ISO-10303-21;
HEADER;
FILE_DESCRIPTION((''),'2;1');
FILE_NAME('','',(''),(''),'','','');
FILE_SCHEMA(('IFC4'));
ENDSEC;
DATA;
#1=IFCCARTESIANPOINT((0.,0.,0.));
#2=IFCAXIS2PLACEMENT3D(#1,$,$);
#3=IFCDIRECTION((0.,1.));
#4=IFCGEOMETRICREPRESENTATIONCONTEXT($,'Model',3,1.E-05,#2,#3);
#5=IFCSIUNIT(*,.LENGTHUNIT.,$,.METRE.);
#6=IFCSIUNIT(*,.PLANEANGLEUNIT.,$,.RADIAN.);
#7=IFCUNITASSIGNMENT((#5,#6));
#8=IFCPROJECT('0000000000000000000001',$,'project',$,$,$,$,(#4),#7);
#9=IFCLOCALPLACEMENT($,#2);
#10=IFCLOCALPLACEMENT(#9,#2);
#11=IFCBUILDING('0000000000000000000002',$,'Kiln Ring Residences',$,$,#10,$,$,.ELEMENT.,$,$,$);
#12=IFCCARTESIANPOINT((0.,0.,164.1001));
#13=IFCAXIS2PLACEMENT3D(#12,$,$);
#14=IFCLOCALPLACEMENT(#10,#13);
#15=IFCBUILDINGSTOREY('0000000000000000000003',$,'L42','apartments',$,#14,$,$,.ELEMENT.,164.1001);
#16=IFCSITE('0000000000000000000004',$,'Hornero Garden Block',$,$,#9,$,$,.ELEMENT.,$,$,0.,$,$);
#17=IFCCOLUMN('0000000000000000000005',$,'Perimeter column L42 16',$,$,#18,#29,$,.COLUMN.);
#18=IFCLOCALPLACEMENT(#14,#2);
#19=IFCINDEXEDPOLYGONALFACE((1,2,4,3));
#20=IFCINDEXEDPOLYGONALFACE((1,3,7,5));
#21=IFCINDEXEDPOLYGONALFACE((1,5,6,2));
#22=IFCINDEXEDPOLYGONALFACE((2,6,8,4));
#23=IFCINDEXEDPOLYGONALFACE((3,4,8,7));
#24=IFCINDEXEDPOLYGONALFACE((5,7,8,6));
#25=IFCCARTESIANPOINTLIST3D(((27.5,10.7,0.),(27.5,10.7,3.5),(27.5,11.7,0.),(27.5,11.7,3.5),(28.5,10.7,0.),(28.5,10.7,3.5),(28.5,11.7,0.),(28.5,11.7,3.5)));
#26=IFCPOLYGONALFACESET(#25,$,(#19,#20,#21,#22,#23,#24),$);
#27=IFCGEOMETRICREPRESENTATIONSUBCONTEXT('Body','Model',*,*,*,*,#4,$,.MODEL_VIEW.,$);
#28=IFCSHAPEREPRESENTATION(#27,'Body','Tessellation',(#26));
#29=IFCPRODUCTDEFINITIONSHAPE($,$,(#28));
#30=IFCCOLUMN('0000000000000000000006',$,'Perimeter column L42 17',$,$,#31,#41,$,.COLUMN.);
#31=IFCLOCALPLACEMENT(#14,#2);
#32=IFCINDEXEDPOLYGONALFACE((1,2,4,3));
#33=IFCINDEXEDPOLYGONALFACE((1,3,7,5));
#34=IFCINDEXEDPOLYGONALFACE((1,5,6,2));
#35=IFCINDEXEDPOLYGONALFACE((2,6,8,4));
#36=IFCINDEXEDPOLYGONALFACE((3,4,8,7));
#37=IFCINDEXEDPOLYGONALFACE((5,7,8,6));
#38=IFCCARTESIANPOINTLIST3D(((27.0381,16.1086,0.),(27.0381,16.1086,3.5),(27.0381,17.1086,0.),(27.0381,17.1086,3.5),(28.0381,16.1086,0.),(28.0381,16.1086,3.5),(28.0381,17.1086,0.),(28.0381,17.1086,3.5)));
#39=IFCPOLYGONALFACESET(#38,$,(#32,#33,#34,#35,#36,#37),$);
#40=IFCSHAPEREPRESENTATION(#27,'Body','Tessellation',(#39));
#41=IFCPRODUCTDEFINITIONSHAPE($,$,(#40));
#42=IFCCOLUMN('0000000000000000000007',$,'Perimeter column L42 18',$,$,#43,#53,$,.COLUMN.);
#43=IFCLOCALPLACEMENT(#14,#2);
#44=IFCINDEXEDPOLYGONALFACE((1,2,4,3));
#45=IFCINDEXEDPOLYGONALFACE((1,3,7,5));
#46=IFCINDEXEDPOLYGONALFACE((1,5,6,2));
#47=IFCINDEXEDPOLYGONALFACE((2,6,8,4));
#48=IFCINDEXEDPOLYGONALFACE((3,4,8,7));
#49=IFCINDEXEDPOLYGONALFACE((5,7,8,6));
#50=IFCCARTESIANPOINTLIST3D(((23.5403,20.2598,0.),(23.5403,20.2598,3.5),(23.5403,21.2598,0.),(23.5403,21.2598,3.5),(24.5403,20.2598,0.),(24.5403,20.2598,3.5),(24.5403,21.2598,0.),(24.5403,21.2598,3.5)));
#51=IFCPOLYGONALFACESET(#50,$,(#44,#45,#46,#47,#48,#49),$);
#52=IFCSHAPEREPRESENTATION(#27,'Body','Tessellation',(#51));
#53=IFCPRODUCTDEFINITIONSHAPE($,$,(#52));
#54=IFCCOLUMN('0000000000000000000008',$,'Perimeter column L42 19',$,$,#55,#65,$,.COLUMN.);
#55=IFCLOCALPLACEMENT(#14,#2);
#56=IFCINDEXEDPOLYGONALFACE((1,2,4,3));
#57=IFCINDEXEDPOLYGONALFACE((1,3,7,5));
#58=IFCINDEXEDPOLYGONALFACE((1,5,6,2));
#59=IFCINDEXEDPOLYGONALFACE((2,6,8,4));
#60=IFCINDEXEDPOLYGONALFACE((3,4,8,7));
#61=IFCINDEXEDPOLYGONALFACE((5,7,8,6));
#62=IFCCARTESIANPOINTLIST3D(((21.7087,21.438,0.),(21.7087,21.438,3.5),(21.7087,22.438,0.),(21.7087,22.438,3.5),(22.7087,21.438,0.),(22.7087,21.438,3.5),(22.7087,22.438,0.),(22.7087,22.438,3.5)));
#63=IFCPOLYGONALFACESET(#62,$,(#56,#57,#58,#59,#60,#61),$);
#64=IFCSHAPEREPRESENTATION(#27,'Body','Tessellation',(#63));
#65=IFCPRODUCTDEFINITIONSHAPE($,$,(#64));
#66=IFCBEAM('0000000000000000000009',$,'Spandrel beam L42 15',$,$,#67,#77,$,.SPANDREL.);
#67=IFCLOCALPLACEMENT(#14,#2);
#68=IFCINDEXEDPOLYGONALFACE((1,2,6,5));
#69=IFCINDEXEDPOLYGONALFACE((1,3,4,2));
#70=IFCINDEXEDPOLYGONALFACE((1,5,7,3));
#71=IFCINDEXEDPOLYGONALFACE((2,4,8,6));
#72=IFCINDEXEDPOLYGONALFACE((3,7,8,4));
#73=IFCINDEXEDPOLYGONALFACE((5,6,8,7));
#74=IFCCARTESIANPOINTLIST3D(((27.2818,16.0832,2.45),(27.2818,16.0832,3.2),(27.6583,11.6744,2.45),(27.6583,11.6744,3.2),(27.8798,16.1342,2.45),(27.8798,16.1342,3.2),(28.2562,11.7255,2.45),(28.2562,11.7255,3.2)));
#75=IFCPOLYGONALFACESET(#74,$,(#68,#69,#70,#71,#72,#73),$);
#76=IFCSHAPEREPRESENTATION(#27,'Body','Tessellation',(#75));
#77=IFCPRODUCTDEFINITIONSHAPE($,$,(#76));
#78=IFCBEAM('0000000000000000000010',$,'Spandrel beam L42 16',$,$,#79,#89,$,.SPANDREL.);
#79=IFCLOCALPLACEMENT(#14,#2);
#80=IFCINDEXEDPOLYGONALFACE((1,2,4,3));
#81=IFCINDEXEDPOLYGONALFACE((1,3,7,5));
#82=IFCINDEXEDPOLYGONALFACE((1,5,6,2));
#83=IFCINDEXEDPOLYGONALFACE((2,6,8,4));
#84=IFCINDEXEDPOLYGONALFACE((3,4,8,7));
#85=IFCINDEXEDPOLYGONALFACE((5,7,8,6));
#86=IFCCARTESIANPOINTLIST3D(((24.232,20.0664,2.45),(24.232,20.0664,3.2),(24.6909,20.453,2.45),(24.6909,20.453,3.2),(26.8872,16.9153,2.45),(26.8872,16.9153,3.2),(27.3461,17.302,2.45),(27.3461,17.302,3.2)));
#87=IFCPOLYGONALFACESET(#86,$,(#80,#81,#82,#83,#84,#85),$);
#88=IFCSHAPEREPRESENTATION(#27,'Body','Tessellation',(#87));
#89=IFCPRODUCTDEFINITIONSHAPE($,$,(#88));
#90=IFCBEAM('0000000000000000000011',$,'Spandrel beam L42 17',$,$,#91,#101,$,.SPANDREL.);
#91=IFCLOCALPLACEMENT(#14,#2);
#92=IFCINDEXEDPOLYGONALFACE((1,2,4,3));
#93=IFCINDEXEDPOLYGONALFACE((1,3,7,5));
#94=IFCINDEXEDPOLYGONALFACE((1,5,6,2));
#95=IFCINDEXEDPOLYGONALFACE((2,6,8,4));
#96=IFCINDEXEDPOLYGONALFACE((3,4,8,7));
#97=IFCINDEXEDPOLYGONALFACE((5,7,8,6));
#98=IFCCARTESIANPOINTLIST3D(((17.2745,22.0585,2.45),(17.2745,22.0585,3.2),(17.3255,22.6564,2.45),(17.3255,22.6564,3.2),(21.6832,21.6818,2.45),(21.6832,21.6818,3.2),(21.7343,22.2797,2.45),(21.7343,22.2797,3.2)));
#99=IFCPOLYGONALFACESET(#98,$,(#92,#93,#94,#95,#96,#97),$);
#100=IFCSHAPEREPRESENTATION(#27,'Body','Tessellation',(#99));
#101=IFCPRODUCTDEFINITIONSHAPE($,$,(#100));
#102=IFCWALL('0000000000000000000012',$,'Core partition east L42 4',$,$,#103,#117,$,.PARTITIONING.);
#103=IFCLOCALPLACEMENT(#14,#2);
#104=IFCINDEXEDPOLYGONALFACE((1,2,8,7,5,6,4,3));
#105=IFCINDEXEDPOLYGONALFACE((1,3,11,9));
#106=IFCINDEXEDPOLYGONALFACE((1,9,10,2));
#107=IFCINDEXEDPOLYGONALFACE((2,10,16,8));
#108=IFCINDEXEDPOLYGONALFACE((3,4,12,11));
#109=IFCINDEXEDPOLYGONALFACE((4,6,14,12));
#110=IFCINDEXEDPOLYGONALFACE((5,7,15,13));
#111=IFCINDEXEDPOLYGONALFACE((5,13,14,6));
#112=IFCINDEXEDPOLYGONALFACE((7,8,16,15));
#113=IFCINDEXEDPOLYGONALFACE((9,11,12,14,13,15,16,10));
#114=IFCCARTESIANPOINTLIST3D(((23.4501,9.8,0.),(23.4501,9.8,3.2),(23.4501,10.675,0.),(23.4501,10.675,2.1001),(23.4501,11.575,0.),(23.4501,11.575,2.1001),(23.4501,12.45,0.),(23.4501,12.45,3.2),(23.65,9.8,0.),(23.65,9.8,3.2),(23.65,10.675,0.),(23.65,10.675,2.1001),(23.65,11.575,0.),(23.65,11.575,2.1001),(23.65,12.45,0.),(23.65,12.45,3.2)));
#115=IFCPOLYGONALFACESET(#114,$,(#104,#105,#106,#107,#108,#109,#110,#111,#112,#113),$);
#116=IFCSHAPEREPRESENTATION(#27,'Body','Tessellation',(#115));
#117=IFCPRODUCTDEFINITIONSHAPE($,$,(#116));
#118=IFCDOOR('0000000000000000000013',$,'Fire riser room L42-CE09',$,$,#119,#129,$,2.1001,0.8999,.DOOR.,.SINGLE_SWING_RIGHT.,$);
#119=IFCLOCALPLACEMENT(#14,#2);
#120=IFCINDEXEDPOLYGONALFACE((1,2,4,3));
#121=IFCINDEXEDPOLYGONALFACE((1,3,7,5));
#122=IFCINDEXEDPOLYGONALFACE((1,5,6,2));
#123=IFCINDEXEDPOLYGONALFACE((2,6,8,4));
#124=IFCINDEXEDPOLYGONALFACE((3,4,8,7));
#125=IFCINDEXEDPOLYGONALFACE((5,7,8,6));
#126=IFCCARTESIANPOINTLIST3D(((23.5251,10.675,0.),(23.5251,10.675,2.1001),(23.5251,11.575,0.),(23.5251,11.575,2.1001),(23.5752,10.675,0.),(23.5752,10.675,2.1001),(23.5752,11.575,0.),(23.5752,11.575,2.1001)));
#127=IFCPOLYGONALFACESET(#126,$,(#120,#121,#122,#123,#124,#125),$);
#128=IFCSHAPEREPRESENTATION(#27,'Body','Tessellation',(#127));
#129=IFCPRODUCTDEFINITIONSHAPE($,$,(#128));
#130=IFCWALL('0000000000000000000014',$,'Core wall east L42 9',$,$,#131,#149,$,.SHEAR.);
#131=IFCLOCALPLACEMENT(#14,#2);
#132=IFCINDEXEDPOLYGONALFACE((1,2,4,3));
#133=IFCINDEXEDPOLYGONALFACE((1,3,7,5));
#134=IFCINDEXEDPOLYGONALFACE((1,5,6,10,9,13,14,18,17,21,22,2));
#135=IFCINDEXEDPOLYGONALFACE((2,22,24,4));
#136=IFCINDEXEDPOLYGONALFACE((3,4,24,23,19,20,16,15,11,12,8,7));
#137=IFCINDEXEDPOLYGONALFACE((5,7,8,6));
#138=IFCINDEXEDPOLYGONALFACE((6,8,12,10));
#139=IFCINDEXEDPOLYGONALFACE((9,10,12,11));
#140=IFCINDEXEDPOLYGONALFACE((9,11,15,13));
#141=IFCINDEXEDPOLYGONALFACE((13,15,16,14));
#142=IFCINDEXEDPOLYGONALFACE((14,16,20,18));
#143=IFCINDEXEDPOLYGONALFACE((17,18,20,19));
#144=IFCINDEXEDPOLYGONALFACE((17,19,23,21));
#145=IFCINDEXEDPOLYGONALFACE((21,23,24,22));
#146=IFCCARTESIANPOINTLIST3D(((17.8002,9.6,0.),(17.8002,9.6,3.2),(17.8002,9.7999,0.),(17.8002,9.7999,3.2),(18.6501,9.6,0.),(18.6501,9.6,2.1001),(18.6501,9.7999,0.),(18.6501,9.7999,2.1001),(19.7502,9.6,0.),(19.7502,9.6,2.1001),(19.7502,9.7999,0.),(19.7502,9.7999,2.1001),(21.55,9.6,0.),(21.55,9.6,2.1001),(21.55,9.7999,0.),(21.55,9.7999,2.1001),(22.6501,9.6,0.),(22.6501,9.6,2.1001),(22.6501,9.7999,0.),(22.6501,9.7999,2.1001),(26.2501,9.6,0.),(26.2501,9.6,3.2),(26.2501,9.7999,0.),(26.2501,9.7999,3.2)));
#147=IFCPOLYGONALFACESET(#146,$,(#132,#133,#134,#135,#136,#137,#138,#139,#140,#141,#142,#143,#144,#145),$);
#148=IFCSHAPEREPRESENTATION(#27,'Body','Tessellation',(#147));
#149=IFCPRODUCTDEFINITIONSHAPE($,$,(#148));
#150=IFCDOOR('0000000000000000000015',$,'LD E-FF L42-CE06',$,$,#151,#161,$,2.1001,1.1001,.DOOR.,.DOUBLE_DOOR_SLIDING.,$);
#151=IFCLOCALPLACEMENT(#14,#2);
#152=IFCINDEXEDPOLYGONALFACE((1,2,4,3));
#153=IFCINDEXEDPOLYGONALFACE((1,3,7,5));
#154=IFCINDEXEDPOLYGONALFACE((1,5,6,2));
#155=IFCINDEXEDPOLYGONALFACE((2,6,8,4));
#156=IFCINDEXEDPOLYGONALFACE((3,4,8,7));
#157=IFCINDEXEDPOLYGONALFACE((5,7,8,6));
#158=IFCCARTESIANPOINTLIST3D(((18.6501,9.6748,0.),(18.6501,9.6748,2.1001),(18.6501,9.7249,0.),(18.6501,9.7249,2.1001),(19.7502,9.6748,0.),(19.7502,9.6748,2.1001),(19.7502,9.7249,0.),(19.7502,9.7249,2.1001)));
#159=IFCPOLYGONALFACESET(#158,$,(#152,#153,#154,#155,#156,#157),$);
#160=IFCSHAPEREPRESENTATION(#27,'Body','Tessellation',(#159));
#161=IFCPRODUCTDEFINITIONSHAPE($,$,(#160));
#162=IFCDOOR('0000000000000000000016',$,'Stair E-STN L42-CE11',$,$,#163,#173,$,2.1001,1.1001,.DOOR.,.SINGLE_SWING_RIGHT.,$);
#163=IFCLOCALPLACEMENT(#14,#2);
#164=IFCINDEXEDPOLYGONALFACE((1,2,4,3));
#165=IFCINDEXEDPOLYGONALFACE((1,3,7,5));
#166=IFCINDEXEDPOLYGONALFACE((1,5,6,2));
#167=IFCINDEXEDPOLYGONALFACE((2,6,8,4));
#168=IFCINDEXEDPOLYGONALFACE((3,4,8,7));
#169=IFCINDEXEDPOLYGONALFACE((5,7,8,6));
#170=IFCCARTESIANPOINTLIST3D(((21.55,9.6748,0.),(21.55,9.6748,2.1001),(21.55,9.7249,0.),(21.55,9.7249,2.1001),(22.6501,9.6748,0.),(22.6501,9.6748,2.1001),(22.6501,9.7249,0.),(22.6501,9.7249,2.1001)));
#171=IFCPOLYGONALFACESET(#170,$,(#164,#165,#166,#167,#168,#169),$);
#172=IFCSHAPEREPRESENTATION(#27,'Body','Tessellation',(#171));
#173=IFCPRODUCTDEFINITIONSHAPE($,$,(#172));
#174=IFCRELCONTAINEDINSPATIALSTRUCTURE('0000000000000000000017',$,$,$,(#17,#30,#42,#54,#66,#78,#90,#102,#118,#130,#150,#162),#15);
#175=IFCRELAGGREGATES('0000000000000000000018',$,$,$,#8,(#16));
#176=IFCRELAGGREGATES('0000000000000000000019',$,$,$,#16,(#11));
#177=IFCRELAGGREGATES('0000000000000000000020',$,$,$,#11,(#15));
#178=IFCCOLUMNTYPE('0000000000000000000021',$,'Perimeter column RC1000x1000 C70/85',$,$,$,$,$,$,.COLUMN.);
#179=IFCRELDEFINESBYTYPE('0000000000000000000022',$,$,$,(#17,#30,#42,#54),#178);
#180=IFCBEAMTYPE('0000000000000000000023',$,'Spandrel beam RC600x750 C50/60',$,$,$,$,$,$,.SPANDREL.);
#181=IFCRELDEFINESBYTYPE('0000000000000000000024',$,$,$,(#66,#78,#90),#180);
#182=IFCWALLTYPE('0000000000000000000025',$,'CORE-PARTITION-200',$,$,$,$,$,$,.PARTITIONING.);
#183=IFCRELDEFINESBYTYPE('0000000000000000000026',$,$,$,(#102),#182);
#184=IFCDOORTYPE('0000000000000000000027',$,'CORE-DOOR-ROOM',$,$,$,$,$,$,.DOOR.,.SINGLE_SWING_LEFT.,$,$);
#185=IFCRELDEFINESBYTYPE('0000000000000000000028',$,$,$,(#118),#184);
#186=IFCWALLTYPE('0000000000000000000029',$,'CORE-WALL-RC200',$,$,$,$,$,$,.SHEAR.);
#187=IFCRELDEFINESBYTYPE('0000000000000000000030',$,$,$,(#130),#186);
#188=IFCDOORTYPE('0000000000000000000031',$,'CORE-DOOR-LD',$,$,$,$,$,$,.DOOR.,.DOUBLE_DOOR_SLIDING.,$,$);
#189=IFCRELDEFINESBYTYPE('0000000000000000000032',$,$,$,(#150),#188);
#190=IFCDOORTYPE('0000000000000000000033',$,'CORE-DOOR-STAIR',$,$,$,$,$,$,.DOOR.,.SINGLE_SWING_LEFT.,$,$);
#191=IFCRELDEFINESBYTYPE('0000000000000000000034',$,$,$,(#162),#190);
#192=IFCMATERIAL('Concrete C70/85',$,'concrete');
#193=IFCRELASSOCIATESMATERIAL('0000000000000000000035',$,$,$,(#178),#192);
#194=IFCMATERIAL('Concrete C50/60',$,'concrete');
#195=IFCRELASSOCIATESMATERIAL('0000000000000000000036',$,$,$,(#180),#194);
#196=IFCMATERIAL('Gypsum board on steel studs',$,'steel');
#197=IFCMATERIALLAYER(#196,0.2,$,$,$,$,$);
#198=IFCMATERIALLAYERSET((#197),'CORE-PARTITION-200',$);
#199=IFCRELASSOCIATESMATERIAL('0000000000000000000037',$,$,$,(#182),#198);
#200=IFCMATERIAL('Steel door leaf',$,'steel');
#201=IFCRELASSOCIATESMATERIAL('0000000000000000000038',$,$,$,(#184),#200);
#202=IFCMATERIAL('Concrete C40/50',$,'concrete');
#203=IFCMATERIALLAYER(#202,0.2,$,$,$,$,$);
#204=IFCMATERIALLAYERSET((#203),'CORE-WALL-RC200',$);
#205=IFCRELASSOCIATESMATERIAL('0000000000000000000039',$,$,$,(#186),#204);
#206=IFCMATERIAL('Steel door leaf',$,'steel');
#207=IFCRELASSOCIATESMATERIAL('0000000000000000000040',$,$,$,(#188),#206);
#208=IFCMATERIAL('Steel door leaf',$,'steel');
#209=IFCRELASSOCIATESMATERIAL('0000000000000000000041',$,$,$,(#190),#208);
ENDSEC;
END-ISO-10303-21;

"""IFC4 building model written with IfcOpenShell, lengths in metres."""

from ifc_helpers import new_model, si_unit, direction, frame, frame_2d, origin, origin_2d, place, context, subcontext, project, spatial, rectangle, extrude, material, layer, layer_set, material_profile, profile_set, type_object, element, fill, save


model = new_model("IFC4")

# Units and contexts
model_context = context("Model", 3, precision=1e-05, world=origin(), true_north=direction((0.0, 1.0)))
body_context = subcontext(model_context, "Body", "Model", "MODEL_VIEW")
ifc_project = project(units=[si_unit("LENGTHUNIT", "METRE"), si_unit("PLANEANGLEUNIT", "RADIAN")], contexts=[model_context])

# Site, building, storey
site_placement = place(None, origin())
site = spatial("IfcSite", under=ifc_project, at=site_placement, Name="Hornero Garden Block", CompositionType="ELEMENT", RefElevation=0.0)
building_placement = place(site_placement, origin())
building = spatial("IfcBuilding", under=site, at=building_placement, Name="Kiln Ring Residences", CompositionType="ELEMENT")
storey_placement = place(building_placement, frame((0.0, 0.0, 164.1001)))
storey = spatial("IfcBuildingStorey", under=building, at=storey_placement, Name="L42", Description="apartments", CompositionType="ELEMENT", Elevation=164.1001)

# Columns
ifc_material_1 = material(Name="Concrete C70/85", Category="concrete")
ifc_material_profile_1 = material_profile(ifc_material_1, rectangle(XDim=1.0, YDim=1.0, at=origin_2d()), Name="RC1000x1000")
ifc_profile_set_1 = profile_set([ifc_material_profile_1], Name="Concrete C70/85")
column_type = type_object("IfcColumnType", Name="Perimeter column RC1000x1000 C70/85", PredefinedType="COLUMN", material=ifc_profile_set_1)
for number, where, z_axis, x_axis, name in (
    (1, (28.0, 11.2, 0.0), (0.0, 0.0, 1.0), (1.0, 0.0, 0.0), "Perimeter column L42 16"),
    (2, (27.5381, 16.6086, 0.0), (0.0, 0.0, 1.0), (1.0, 0.0, 0.0), "Perimeter column L42 17"),
    (3, (24.0403, 20.7598, 0.0), (0.0, 0.0, 1.0), (1.0, 0.0, 0.0), "Perimeter column L42 18"),
    (4, (22.2087, 21.938, 0.0), (0.0, 0.0, 1.0), (1.0, 0.0, 0.0), "Perimeter column L42 19"),
):
    element("IfcColumn", number, at=place(storey_placement, frame(where, z_axis=z_axis, x_axis=x_axis)), inside=storey, type_object=column_type, Name=name, PredefinedType="COLUMN", context=body_context, shape_type="SweptSolid", body=[
        extrude(rectangle(XDim=1.0, YDim=1.0, at=origin_2d()), origin(), (0.0, 0.0, 1.0), 3.5),
    ])

# Beams
ifc_material_2 = material(Name="Concrete C50/60", Category="concrete")
ifc_material_profile_2 = material_profile(ifc_material_2, rectangle(XDim=0.6001, YDim=0.75, at=origin_2d()), Name="RC600x750")
ifc_profile_set_2 = profile_set([ifc_material_profile_2], Name="Concrete C50/60")
beam_type = type_object("IfcBeamType", Name="Spandrel beam RC600x750 C50/60", PredefinedType="SPANDREL", material=ifc_profile_set_2)
beam_1_placement = place(storey_placement, frame((27.9573, 11.7, 2.825), z_axis=(-0.085082, 0.996374, 0.0), x_axis=(-0.996374, -0.085082, 0.0)))
element("IfcBeam", 5, at=beam_1_placement, inside=storey, type_object=beam_type, Name="Spandrel beam L42 15", PredefinedType="SPANDREL", context=body_context, shape_type="SweptSolid", body=[
    extrude(rectangle(XDim=0.6001, YDim=0.75, at=origin_2d()), origin(), (0.0, 0.0, 1.0), 4.4248),
])
beam_2_placement = place(storey_placement, frame((27.1167, 17.1086, 2.825), z_axis=(-0.644377, 0.764708, 0.0), x_axis=(-0.764708, -0.644377, 0.0)))
element("IfcBeam", 6, at=beam_2_placement, inside=storey, type_object=beam_type, Name="Spandrel beam L42 16", PredefinedType="SPANDREL", context=body_context, shape_type="SweptSolid", body=[
    extrude(rectangle(XDim=0.6001, YDim=0.75, at=origin_2d()), origin(), (0.0, 0.0, 1.0), 4.1206),
])
beam_3_placement = place(storey_placement, frame((21.7087, 21.9807, 2.825), z_axis=(-0.996369, 0.085137, 0.0), x_axis=(-0.085137, -0.996369, 0.0)))
element("IfcBeam", 7, at=beam_3_placement, inside=storey, type_object=beam_type, Name="Spandrel beam L42 17", PredefinedType="SPANDREL", context=body_context, shape_type="SweptSolid", body=[
    extrude(rectangle(XDim=0.6001, YDim=0.75, at=origin_2d()), origin(), (0.0, 0.0, 1.0), 4.4248),
])

# Wall, opening, door
ifc_material_3 = material(Name="Gypsum board on steel studs", Category="steel")
ifc_layer_1 = layer(ifc_material_3, 0.2)
ifc_layer_set_1 = layer_set([ifc_layer_1], Name="CORE-PARTITION-200")
wall_type_1 = type_object("IfcWallType", Name="CORE-PARTITION-200", PredefinedType="PARTITIONING", material=ifc_layer_set_1)
wall_1_placement = place(storey_placement, frame((23.55, 9.8, 0.0), z_axis=(0.0, 0.0, 1.0), x_axis=(0.0, 1.0, 0.0)))
wall_1 = element("IfcWall", 8, at=wall_1_placement, inside=storey, type_object=wall_type_1, Name="Core partition east L42 4", PredefinedType="PARTITIONING", context=body_context, shape_type="SweptSolid", body=[
    extrude(rectangle(XDim=2.6499, YDim=0.2, at=frame_2d((1.325, 0.0))), origin(), (0.0, 0.0, 1.0), 3.2),
])
opening_1_placement = place(wall_1_placement, frame((0.875, 0.0, 0.0)))
opening_1 = element("IfcOpeningElement", 9, at=opening_1_placement, cuts=wall_1, PredefinedType="OPENING", context=body_context, shape_type="SweptSolid", body=[
    extrude(rectangle(XDim=0.8999, YDim=2.1001, at=frame_2d((0.45, 1.05))), frame((0.0, 0.1099, 0.0), z_axis=(0.0, -1.0, 0.0), x_axis=(1.0, 0.0, 0.0)), (0.0, 0.0, 1.0), 0.22),
])
ifc_material_4 = material(Name="Steel door leaf", Category="steel")
door_type_1 = type_object("IfcDoorType", Name="CORE-DOOR-ROOM", OperationType="SINGLE_SWING_LEFT", PredefinedType="DOOR", material=ifc_material_4)
door_1_placement = place(opening_1_placement, origin())
door_1 = element("IfcDoor", 10, at=door_1_placement, inside=storey, type_object=door_type_1, Name="Fire riser room L42-CE09", OperationType="SINGLE_SWING_RIGHT", OverallHeight=2.1001, OverallWidth=0.8999, PredefinedType="DOOR", context=body_context, shape_type="SweptSolid", body=[
    extrude(rectangle(XDim=0.8999, YDim=2.1001, at=frame_2d((0.45, 1.05))), frame((0.0, 0.0249, 0.0), z_axis=(0.0, -1.0, 0.0), x_axis=(1.0, 0.0, 0.0)), (0.0, 0.0, 1.0), 0.05),
])
fill(opening_1, door_1)

# Wall, openings, doors
ifc_material_5 = material(Name="Concrete C40/50", Category="concrete")
ifc_layer_2 = layer(ifc_material_5, 0.2)
ifc_layer_set_2 = layer_set([ifc_layer_2], Name="CORE-WALL-RC200")
wall_type_2 = type_object("IfcWallType", Name="CORE-WALL-RC200", PredefinedType="SHEAR", material=ifc_layer_set_2)
wall_2_placement = place(storey_placement, frame((17.8, 9.7, 0.0), z_axis=(0.0, 0.0, 1.0), x_axis=(1.0, 0.0, 0.0)))
wall_2 = element("IfcWall", 11, at=wall_2_placement, inside=storey, type_object=wall_type_2, Name="Core wall east L42 9", PredefinedType="SHEAR", context=body_context, shape_type="SweptSolid", body=[
    extrude(rectangle(XDim=8.45, YDim=0.2, at=frame_2d((4.2251, 0.0))), origin(), (0.0, 0.0, 1.0), 3.2),
])
opening_2_placement = place(wall_2_placement, frame((0.8501, 0.0, 0.0)))
opening_2 = element("IfcOpeningElement", 12, at=opening_2_placement, cuts=wall_2, PredefinedType="OPENING", context=body_context, shape_type="SweptSolid", body=[
    extrude(rectangle(XDim=1.1001, YDim=2.1001, at=frame_2d((0.55, 1.05))), frame((0.0, 0.1099, 0.0), z_axis=(0.0, -1.0, 0.0), x_axis=(1.0, 0.0, 0.0)), (0.0, 0.0, 1.0), 0.22),
])
opening_3_placement = place(wall_2_placement, frame((3.75, 0.0, 0.0)))
opening_3 = element("IfcOpeningElement", 13, at=opening_3_placement, cuts=wall_2, PredefinedType="OPENING", context=body_context, shape_type="SweptSolid", body=[
    extrude(rectangle(XDim=1.1001, YDim=2.1001, at=frame_2d((0.55, 1.05))), frame((0.0, 0.1099, 0.0), z_axis=(0.0, -1.0, 0.0), x_axis=(1.0, 0.0, 0.0)), (0.0, 0.0, 1.0), 0.22),
])
ifc_material_6 = material(Name="Steel door leaf", Category="steel")
door_type_2 = type_object("IfcDoorType", Name="CORE-DOOR-LD", OperationType="DOUBLE_DOOR_SLIDING", PredefinedType="DOOR", material=ifc_material_6)
door_2_placement = place(opening_2_placement, origin())
door_2 = element("IfcDoor", 14, at=door_2_placement, inside=storey, type_object=door_type_2, Name="LD E-FF L42-CE06", OperationType="DOUBLE_DOOR_SLIDING", OverallHeight=2.1001, OverallWidth=1.1001, PredefinedType="DOOR", context=body_context, shape_type="SweptSolid", body=[
    extrude(rectangle(XDim=1.1001, YDim=2.1001, at=frame_2d((0.55, 1.05))), frame((0.0, 0.0249, 0.0), z_axis=(0.0, -1.0, 0.0), x_axis=(1.0, 0.0, 0.0)), (0.0, 0.0, 1.0), 0.05),
])
fill(opening_2, door_2)
ifc_material_7 = material(Name="Steel door leaf", Category="steel")
door_type_3 = type_object("IfcDoorType", Name="CORE-DOOR-STAIR", OperationType="SINGLE_SWING_LEFT", PredefinedType="DOOR", material=ifc_material_7)
door_3_placement = place(opening_3_placement, origin())
door_3 = element("IfcDoor", 15, at=door_3_placement, inside=storey, type_object=door_type_3, Name="Stair E-STN L42-CE11", OperationType="SINGLE_SWING_RIGHT", OverallHeight=2.1001, OverallWidth=1.1001, PredefinedType="DOOR", context=body_context, shape_type="SweptSolid", body=[
    extrude(rectangle(XDim=1.1001, YDim=2.1001, at=frame_2d((0.55, 1.05))), frame((0.0, 0.0249, 0.0), z_axis=(0.0, -1.0, 0.0), x_axis=(1.0, 0.0, 0.0)), (0.0, 0.0, 1.0), 0.05),
])
fill(opening_3, door_3)

save(model, "model.ifc")
